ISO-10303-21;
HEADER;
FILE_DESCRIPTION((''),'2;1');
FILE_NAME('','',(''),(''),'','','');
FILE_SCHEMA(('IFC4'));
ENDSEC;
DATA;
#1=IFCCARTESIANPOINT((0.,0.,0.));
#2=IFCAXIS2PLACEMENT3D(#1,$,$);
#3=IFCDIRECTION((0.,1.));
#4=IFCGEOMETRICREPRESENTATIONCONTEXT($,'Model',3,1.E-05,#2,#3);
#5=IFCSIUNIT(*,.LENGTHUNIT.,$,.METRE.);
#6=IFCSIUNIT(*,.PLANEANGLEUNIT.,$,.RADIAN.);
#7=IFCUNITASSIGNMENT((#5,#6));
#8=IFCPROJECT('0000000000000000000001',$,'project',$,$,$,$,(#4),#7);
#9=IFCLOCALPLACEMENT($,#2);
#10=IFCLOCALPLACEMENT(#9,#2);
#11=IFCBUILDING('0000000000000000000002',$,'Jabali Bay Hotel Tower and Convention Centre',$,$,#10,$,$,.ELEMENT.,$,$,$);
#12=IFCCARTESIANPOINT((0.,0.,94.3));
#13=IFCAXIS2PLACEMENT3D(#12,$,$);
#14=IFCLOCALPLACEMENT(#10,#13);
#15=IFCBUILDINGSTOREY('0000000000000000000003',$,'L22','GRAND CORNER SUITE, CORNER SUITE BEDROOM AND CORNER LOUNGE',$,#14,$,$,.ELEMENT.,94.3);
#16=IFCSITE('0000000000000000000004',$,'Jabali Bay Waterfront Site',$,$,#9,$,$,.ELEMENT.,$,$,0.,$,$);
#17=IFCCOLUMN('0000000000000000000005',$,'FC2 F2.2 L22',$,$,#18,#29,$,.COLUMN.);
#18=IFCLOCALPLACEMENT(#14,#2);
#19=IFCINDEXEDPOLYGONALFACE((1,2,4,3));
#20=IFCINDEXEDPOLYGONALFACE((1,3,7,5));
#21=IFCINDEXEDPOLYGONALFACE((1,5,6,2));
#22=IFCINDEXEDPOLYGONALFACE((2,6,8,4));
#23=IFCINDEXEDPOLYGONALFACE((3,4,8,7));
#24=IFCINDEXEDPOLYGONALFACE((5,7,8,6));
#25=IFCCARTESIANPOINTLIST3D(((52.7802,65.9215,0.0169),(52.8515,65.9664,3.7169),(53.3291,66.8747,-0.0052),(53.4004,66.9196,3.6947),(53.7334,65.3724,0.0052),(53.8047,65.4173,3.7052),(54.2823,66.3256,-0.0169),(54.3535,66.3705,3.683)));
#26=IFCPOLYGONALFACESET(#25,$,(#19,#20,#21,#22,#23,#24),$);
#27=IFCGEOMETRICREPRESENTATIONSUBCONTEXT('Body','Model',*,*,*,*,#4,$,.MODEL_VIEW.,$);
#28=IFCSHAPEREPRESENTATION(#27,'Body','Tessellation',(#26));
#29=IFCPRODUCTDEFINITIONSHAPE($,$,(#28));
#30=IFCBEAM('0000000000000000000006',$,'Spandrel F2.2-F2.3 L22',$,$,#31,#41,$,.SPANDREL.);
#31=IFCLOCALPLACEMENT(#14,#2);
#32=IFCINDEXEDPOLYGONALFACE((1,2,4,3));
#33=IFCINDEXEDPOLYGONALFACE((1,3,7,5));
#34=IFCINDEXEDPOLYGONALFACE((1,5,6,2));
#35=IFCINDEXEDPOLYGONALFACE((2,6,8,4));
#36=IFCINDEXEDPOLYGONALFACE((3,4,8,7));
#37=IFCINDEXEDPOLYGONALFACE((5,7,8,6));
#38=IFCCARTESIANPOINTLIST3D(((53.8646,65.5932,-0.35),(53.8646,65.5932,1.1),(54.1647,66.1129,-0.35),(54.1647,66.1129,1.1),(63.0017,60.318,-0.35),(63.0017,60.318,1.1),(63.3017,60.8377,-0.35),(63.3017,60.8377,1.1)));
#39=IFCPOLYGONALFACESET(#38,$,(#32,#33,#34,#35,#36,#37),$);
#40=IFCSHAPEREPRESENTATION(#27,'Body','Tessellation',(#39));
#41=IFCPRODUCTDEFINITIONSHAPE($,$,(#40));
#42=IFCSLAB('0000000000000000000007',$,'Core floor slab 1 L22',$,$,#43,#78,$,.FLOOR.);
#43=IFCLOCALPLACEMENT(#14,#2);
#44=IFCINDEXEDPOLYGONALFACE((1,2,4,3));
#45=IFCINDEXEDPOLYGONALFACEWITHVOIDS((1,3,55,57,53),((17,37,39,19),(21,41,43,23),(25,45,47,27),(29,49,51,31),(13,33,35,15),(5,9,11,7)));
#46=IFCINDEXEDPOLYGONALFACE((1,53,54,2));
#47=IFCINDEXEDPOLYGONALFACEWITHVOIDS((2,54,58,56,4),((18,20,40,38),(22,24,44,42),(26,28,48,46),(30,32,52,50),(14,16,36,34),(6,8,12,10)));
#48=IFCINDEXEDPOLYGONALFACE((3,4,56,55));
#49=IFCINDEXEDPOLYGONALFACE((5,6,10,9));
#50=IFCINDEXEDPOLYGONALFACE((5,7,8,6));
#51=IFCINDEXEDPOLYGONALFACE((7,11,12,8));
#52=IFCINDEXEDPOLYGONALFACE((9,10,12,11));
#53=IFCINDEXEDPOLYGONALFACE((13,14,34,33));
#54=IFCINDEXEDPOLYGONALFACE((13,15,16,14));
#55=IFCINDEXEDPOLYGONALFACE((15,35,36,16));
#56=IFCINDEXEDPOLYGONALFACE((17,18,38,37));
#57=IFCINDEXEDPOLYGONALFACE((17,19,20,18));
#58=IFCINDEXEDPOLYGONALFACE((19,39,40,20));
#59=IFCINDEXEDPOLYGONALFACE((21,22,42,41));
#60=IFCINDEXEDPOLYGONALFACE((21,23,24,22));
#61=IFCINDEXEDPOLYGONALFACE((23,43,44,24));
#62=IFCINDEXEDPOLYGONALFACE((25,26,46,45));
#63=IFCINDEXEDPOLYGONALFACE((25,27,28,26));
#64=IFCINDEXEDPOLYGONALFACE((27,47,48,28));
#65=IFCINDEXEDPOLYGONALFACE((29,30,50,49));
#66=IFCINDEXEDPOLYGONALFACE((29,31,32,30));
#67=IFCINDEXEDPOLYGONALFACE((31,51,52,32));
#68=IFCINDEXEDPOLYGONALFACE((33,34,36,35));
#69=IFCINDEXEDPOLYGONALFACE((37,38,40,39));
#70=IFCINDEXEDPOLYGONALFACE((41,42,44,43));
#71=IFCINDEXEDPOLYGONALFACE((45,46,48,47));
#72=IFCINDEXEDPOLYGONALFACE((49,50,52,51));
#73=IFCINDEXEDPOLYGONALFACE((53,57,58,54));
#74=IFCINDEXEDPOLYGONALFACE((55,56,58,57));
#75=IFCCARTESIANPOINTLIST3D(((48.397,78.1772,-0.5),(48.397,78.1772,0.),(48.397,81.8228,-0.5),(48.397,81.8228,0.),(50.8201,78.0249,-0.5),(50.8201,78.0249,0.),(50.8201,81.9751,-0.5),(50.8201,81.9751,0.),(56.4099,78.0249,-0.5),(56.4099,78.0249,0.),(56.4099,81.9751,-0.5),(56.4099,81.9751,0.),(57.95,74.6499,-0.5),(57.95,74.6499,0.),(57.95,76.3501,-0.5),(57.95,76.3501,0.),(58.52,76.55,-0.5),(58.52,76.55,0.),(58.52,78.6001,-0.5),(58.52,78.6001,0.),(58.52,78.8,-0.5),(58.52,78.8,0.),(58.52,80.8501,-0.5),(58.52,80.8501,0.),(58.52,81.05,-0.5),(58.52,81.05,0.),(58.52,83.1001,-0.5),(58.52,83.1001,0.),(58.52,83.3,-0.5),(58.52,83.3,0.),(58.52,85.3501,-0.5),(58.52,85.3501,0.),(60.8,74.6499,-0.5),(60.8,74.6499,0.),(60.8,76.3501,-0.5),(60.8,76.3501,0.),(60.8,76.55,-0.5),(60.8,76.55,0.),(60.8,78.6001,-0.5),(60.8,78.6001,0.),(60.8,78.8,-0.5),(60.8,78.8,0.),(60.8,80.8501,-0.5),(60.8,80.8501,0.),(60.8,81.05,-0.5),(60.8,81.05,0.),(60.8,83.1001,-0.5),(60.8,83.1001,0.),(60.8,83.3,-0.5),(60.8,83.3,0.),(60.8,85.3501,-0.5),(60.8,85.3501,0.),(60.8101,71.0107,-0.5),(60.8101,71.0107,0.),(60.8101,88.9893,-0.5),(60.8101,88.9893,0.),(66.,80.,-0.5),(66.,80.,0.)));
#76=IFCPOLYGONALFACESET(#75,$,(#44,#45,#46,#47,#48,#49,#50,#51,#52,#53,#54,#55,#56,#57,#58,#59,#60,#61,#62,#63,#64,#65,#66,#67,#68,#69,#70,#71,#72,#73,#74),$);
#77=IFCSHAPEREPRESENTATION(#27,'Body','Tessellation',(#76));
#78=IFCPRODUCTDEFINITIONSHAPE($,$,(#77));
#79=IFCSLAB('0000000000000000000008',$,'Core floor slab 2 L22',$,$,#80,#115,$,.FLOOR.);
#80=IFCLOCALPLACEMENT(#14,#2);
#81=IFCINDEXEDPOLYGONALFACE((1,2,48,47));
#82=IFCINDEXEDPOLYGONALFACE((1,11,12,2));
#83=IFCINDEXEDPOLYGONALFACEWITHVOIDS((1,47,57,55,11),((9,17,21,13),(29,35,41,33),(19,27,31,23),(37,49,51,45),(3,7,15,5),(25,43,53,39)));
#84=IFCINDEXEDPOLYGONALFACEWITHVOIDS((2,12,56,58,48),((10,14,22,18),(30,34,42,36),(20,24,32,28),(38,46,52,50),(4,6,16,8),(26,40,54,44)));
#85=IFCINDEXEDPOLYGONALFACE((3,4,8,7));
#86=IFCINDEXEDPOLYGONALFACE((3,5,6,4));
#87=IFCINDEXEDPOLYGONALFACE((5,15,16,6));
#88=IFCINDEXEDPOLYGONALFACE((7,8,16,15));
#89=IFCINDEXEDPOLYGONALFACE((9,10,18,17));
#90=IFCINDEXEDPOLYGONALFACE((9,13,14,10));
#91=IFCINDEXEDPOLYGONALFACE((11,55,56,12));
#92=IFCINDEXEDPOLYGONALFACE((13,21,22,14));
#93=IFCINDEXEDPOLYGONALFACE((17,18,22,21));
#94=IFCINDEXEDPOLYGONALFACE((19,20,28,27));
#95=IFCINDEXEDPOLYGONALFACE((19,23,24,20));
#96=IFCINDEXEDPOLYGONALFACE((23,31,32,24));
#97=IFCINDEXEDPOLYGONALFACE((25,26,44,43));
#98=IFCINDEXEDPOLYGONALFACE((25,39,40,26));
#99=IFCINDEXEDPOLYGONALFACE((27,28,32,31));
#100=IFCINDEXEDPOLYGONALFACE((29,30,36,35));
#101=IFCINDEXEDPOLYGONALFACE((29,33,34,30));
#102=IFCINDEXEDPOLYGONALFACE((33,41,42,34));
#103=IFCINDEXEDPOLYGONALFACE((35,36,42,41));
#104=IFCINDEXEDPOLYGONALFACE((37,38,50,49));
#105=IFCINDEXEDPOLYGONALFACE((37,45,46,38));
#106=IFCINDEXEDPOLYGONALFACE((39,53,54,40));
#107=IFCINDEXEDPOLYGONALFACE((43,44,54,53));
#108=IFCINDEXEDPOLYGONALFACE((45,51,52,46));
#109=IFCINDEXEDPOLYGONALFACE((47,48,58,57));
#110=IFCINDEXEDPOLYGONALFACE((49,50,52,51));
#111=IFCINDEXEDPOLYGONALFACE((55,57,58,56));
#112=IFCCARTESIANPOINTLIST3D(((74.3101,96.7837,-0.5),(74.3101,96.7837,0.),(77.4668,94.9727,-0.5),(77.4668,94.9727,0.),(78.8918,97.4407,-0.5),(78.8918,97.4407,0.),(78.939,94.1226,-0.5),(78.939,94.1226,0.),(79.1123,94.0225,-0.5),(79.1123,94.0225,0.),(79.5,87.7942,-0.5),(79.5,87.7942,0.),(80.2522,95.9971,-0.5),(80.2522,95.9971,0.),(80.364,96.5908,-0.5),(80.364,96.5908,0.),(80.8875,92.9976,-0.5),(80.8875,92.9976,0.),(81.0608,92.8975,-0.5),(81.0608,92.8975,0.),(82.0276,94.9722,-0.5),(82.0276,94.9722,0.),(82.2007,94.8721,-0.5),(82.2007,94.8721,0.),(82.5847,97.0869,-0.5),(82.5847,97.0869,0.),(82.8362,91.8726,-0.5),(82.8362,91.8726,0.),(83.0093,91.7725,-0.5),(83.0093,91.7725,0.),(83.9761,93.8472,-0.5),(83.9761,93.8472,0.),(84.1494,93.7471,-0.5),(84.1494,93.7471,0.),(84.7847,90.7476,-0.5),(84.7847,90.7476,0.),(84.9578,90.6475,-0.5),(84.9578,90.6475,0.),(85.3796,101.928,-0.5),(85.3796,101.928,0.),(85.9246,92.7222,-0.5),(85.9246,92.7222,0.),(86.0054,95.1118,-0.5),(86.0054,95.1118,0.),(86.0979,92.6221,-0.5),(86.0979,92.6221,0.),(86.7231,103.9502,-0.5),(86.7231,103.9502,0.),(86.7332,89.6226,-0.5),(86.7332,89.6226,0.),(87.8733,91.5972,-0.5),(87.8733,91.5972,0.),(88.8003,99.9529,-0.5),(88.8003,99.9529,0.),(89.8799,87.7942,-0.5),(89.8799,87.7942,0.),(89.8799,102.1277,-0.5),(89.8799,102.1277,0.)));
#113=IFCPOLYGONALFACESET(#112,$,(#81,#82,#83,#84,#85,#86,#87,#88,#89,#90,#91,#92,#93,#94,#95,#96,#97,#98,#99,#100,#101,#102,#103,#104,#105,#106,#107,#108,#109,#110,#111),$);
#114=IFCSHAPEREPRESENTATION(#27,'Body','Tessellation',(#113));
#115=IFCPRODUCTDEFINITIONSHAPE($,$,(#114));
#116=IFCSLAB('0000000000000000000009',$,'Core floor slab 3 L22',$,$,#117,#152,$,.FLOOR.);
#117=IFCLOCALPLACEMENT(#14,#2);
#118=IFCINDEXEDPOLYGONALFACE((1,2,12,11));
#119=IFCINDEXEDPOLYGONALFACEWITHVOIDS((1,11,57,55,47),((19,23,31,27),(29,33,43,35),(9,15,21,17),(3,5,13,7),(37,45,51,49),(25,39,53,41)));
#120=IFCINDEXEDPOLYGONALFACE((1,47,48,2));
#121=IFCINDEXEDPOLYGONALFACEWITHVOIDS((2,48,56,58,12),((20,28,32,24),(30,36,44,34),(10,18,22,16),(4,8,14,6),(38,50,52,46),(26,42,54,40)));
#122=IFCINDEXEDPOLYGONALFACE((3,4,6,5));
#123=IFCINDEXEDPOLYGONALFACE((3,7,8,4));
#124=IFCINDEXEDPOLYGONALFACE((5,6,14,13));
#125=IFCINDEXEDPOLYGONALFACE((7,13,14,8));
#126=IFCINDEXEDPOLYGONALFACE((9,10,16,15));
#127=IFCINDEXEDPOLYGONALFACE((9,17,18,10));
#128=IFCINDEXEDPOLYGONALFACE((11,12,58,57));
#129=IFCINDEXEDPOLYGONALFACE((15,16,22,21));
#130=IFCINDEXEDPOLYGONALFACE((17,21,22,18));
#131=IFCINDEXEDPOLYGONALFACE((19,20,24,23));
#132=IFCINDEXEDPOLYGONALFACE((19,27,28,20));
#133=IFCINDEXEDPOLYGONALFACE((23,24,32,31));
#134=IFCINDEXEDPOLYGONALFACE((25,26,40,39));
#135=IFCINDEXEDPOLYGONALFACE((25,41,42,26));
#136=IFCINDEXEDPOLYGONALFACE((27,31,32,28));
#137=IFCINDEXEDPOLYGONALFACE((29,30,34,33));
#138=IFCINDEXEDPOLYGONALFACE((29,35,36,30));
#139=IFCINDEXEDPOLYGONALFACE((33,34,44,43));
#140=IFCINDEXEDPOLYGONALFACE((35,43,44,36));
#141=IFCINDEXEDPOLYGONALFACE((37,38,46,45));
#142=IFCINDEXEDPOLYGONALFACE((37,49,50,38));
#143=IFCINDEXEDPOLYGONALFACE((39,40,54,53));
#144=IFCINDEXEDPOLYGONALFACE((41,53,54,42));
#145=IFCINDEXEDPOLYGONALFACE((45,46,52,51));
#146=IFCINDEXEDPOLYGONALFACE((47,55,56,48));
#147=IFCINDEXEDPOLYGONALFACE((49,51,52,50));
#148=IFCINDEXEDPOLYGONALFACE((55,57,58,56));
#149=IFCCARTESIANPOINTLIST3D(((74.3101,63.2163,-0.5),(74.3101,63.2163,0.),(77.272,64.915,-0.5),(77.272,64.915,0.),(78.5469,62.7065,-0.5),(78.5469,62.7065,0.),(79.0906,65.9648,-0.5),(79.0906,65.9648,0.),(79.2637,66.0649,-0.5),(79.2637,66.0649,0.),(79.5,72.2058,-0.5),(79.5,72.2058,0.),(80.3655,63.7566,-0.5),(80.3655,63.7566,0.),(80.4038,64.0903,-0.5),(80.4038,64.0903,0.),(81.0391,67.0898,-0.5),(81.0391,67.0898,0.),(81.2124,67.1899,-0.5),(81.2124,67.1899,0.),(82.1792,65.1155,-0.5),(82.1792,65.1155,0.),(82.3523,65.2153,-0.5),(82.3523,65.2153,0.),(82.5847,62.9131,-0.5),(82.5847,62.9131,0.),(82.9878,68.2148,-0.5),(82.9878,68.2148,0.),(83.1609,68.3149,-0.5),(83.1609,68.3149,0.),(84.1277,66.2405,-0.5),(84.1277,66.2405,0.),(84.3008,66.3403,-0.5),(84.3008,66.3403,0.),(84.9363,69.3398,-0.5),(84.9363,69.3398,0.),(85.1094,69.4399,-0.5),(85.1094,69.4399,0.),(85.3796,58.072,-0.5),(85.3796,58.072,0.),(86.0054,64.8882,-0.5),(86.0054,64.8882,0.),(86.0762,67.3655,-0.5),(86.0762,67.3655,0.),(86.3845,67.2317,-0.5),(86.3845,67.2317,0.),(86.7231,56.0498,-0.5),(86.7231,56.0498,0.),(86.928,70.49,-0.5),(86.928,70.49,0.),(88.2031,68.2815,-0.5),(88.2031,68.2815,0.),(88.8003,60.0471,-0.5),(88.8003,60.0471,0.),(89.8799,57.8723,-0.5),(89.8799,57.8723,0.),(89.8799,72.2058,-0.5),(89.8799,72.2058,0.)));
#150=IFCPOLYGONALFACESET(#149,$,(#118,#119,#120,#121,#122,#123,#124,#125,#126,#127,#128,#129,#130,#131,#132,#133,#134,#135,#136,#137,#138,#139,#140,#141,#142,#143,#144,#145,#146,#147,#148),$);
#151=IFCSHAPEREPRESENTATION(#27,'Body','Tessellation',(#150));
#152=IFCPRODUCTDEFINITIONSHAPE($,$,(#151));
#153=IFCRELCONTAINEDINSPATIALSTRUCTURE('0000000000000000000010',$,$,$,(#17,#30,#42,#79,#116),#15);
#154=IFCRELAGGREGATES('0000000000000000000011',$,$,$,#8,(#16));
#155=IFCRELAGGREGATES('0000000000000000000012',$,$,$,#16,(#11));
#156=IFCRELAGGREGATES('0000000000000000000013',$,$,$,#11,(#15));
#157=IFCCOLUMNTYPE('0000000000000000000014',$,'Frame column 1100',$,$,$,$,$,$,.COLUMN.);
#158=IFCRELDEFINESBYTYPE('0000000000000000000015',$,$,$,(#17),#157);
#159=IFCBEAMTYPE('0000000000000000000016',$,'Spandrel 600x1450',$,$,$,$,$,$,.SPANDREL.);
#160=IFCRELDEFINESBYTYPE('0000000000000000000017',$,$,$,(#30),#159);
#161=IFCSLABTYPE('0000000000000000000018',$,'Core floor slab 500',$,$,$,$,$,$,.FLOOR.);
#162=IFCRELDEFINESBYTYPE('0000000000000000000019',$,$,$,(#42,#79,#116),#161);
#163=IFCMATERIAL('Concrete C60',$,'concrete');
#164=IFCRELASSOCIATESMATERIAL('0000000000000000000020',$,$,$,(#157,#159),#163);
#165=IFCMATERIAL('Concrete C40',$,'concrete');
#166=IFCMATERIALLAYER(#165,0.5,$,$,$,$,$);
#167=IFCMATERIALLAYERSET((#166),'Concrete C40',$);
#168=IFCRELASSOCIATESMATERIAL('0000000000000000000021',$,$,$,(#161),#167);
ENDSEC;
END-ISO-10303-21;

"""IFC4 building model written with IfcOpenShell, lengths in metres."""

from ifc_helpers import new_model, si_unit, direction, frame, origin, origin_2d, place, context, subcontext, project, spatial, polyline, rectangle, outline, extrude, material, layer, layer_set, material_profile, profile_set, type_object, element, save


model = new_model("IFC4")

# Units and contexts
model_context = context("Model", 3, precision=1e-05, world=origin(), true_north=direction((0.0, 1.0)))
body_context = subcontext(model_context, "Body", "Model", "MODEL_VIEW")
ifc_project = project(units=[si_unit("LENGTHUNIT", "METRE"), si_unit("PLANEANGLEUNIT", "RADIAN")], contexts=[model_context])

# Site, building, storey
site_placement = place(None, origin())
site = spatial("IfcSite", under=ifc_project, at=site_placement, Name="Jabali Bay Waterfront Site", CompositionType="ELEMENT", RefElevation=0.0)
building_placement = place(site_placement, origin())
building = spatial("IfcBuilding", under=site, at=building_placement, Name="Jabali Bay Hotel Tower and Convention Centre", CompositionType="ELEMENT")
storey_placement = place(building_placement, frame((0.0, 0.0, 94.3)))
storey = spatial("IfcBuildingStorey", under=building, at=storey_placement, Name="L22", Description="GRAND CORNER SUITE, CORNER SUITE BEDROOM AND CORNER LOUNGE", CompositionType="ELEMENT", Elevation=94.3)

# Column
ifc_material_1 = material(Name="Concrete C60", Category="concrete")
ifc_material_profile_1 = material_profile(ifc_material_1, rectangle(XDim=1.1001, YDim=1.1001, at=origin_2d()), Name="Frame column 1100")
ifc_profile_set_1 = profile_set([ifc_material_profile_1], Name="Concrete C60")
column_type = type_object("IfcColumnType", Name="Frame column 1100", PredefinedType="COLUMN", material=ifc_profile_set_1)
column_placement = place(storey_placement, frame((53.5312, 66.1235, 0.0), z_axis=(0.019263, 0.012138, 0.999741), x_axis=(-0.86646, 0.499134, 0.010634)))
element("IfcColumn", 1, at=column_placement, inside=storey, type_object=column_type, Name="FC2 F2.2 L22", PredefinedType="COLUMN", context=body_context, shape_type="SweptSolid", body=[
    extrude(rectangle(XDim=1.1001, YDim=1.1001, at=origin_2d()), origin(), (0.0, 0.0, 1.0), 3.7009),
])

# Beam
ifc_material_profile_2 = material_profile(ifc_material_1, rectangle(XDim=0.6001, YDim=1.45, at=origin_2d()), Name="Spandrel 600x1450")
ifc_profile_set_2 = profile_set([ifc_material_profile_2], Name="Concrete C60")
beam_type = type_object("IfcBeamType", Name="Spandrel 600x1450", PredefinedType="SPANDREL", material=ifc_profile_set_2)
beam_placement = place(storey_placement, frame((54.0146, 65.853, 0.375), z_axis=(0.866029, -0.499994, 0.0), x_axis=(0.499994, 0.866029, 0.0)))
element("IfcBeam", 2, at=beam_placement, inside=storey, type_object=beam_type, Name="Spandrel F2.2-F2.3 L22", PredefinedType="SPANDREL", context=body_context, shape_type="SweptSolid", body=[
    extrude(rectangle(XDim=0.6001, YDim=1.45, at=origin_2d()), origin(), (0.0, 0.0, 1.0), 10.5505),
])

# Slabs
ifc_material_2 = material(Name="Concrete C40", Category="concrete")
ifc_layer_1 = layer(ifc_material_2, 0.5)
ifc_layer_set_1 = layer_set([ifc_layer_1], Name="Concrete C40")
slab_type_1 = type_object("IfcSlabType", Name="Core floor slab 500", PredefinedType="FLOOR", material=ifc_layer_set_1)
slab_1_placement = place(storey_placement, frame((0.0, 0.0, -0.5)))
element("IfcSlab", 3, at=slab_1_placement, inside=storey, type_object=slab_type_1, Name="Core floor slab 1 L22", PredefinedType="FLOOR", context=body_context, shape_type="SweptSolid", body=[
    extrude(outline(polyline([(66.0, 80.0), (60.8101, 88.9893), (48.397, 81.8228), (48.397, 78.1772), (60.8101, 71.0107), (66.0, 80.0)]), holes=[polyline([(60.8, 74.6499), (60.8, 76.3501), (57.95, 76.3501), (57.95, 74.6499), (60.8, 74.6499)]), polyline([(58.52, 76.55), (60.8, 76.55), (60.8, 78.6001), (58.52, 78.6001), (58.52, 76.55)]), polyline([(58.52, 78.8), (60.8, 78.8), (60.8, 80.8501), (58.52, 80.8501), (58.52, 78.8)]), polyline([(56.4099, 81.9751), (50.8201, 81.9751), (50.8201, 78.0249), (56.4099, 78.0249), (56.4099, 81.9751)]), polyline([(58.52, 81.05), (60.8, 81.05), (60.8, 83.1001), (58.52, 83.1001), (58.52, 81.05)]), polyline([(58.52, 83.3), (60.8, 83.3), (60.8, 85.3501), (58.52, 85.3501), (58.52, 83.3)])]), origin(), (0.0, 0.0, 1.0), 0.5),
])
slab_2_placement = place(storey_placement, frame((0.0, 0.0, -0.5)))
element("IfcSlab", 4, at=slab_2_placement, inside=storey, type_object=slab_type_1, Name="Core floor slab 2 L22", PredefinedType="FLOOR", context=body_context, shape_type="SweptSolid", body=[
    extrude(outline(polyline([(79.5, 87.7942), (89.8799, 87.7942), (89.8799, 102.1277), (86.7231, 103.9502), (74.3101, 96.7837), (79.5, 87.7942)]), holes=[polyline([(84.9578, 90.6475), (86.7332, 89.6226), (87.8733, 91.5972), (86.0979, 92.6221), (84.9578, 90.6475)]), polyline([(84.1494, 93.7471), (83.0093, 91.7725), (84.7847, 90.7476), (85.9246, 92.7222), (84.1494, 93.7471)]), polyline([(82.2007, 94.8721), (81.0608, 92.8975), (82.8362, 91.8726), (83.9761, 93.8472), (82.2007, 94.8721)]), polyline([(79.1123, 94.0225), (80.8875, 92.9976), (82.0276, 94.9722), (80.2522, 95.9971), (79.1123, 94.0225)]), polyline([(78.8918, 97.4407), (77.4668, 94.9727), (78.939, 94.1226), (80.364, 96.5908), (78.8918, 97.4407)]), polyline([(82.5847, 97.0869), (86.0054, 95.1118), (88.8003, 99.9529), (85.3796, 101.928), (82.5847, 97.0869)])]), origin(), (0.0, 0.0, 1.0), 0.5),
])
slab_3_placement = place(storey_placement, frame((0.0, 0.0, -0.5)))
element("IfcSlab", 5, at=slab_3_placement, inside=storey, type_object=slab_type_1, Name="Core floor slab 3 L22", PredefinedType="FLOOR", context=body_context, shape_type="SweptSolid", body=[
    extrude(outline(polyline([(79.5, 72.2058), (74.3101, 63.2163), (86.7231, 56.0498), (89.8799, 57.8723), (89.8799, 72.2058), (79.5, 72.2058)]), holes=[polyline([(82.5847, 62.9131), (85.3796, 58.072), (88.8003, 60.0471), (86.0054, 64.8882), (82.5847, 62.9131)]), polyline([(80.3655, 63.7566), (79.0906, 65.9648), (77.272, 64.915), (78.5469, 62.7065), (80.3655, 63.7566)]), polyline([(82.1792, 65.1155), (81.0391, 67.0898), (79.2637, 66.0649), (80.4038, 64.0903), (82.1792, 65.1155)]), polyline([(82.9878, 68.2148), (81.2124, 67.1899), (82.3523, 65.2153), (84.1277, 66.2405), (82.9878, 68.2148)]), polyline([(86.0762, 67.3655), (84.9363, 69.3398), (83.1609, 68.3149), (84.3008, 66.3403), (86.0762, 67.3655)]), polyline([(88.2031, 68.2815), (86.928, 70.49), (85.1094, 69.4399), (86.3845, 67.2317), (88.2031, 68.2815)])]), origin(), (0.0, 0.0, 1.0), 0.5),
])

save(model, "model.ifc")
